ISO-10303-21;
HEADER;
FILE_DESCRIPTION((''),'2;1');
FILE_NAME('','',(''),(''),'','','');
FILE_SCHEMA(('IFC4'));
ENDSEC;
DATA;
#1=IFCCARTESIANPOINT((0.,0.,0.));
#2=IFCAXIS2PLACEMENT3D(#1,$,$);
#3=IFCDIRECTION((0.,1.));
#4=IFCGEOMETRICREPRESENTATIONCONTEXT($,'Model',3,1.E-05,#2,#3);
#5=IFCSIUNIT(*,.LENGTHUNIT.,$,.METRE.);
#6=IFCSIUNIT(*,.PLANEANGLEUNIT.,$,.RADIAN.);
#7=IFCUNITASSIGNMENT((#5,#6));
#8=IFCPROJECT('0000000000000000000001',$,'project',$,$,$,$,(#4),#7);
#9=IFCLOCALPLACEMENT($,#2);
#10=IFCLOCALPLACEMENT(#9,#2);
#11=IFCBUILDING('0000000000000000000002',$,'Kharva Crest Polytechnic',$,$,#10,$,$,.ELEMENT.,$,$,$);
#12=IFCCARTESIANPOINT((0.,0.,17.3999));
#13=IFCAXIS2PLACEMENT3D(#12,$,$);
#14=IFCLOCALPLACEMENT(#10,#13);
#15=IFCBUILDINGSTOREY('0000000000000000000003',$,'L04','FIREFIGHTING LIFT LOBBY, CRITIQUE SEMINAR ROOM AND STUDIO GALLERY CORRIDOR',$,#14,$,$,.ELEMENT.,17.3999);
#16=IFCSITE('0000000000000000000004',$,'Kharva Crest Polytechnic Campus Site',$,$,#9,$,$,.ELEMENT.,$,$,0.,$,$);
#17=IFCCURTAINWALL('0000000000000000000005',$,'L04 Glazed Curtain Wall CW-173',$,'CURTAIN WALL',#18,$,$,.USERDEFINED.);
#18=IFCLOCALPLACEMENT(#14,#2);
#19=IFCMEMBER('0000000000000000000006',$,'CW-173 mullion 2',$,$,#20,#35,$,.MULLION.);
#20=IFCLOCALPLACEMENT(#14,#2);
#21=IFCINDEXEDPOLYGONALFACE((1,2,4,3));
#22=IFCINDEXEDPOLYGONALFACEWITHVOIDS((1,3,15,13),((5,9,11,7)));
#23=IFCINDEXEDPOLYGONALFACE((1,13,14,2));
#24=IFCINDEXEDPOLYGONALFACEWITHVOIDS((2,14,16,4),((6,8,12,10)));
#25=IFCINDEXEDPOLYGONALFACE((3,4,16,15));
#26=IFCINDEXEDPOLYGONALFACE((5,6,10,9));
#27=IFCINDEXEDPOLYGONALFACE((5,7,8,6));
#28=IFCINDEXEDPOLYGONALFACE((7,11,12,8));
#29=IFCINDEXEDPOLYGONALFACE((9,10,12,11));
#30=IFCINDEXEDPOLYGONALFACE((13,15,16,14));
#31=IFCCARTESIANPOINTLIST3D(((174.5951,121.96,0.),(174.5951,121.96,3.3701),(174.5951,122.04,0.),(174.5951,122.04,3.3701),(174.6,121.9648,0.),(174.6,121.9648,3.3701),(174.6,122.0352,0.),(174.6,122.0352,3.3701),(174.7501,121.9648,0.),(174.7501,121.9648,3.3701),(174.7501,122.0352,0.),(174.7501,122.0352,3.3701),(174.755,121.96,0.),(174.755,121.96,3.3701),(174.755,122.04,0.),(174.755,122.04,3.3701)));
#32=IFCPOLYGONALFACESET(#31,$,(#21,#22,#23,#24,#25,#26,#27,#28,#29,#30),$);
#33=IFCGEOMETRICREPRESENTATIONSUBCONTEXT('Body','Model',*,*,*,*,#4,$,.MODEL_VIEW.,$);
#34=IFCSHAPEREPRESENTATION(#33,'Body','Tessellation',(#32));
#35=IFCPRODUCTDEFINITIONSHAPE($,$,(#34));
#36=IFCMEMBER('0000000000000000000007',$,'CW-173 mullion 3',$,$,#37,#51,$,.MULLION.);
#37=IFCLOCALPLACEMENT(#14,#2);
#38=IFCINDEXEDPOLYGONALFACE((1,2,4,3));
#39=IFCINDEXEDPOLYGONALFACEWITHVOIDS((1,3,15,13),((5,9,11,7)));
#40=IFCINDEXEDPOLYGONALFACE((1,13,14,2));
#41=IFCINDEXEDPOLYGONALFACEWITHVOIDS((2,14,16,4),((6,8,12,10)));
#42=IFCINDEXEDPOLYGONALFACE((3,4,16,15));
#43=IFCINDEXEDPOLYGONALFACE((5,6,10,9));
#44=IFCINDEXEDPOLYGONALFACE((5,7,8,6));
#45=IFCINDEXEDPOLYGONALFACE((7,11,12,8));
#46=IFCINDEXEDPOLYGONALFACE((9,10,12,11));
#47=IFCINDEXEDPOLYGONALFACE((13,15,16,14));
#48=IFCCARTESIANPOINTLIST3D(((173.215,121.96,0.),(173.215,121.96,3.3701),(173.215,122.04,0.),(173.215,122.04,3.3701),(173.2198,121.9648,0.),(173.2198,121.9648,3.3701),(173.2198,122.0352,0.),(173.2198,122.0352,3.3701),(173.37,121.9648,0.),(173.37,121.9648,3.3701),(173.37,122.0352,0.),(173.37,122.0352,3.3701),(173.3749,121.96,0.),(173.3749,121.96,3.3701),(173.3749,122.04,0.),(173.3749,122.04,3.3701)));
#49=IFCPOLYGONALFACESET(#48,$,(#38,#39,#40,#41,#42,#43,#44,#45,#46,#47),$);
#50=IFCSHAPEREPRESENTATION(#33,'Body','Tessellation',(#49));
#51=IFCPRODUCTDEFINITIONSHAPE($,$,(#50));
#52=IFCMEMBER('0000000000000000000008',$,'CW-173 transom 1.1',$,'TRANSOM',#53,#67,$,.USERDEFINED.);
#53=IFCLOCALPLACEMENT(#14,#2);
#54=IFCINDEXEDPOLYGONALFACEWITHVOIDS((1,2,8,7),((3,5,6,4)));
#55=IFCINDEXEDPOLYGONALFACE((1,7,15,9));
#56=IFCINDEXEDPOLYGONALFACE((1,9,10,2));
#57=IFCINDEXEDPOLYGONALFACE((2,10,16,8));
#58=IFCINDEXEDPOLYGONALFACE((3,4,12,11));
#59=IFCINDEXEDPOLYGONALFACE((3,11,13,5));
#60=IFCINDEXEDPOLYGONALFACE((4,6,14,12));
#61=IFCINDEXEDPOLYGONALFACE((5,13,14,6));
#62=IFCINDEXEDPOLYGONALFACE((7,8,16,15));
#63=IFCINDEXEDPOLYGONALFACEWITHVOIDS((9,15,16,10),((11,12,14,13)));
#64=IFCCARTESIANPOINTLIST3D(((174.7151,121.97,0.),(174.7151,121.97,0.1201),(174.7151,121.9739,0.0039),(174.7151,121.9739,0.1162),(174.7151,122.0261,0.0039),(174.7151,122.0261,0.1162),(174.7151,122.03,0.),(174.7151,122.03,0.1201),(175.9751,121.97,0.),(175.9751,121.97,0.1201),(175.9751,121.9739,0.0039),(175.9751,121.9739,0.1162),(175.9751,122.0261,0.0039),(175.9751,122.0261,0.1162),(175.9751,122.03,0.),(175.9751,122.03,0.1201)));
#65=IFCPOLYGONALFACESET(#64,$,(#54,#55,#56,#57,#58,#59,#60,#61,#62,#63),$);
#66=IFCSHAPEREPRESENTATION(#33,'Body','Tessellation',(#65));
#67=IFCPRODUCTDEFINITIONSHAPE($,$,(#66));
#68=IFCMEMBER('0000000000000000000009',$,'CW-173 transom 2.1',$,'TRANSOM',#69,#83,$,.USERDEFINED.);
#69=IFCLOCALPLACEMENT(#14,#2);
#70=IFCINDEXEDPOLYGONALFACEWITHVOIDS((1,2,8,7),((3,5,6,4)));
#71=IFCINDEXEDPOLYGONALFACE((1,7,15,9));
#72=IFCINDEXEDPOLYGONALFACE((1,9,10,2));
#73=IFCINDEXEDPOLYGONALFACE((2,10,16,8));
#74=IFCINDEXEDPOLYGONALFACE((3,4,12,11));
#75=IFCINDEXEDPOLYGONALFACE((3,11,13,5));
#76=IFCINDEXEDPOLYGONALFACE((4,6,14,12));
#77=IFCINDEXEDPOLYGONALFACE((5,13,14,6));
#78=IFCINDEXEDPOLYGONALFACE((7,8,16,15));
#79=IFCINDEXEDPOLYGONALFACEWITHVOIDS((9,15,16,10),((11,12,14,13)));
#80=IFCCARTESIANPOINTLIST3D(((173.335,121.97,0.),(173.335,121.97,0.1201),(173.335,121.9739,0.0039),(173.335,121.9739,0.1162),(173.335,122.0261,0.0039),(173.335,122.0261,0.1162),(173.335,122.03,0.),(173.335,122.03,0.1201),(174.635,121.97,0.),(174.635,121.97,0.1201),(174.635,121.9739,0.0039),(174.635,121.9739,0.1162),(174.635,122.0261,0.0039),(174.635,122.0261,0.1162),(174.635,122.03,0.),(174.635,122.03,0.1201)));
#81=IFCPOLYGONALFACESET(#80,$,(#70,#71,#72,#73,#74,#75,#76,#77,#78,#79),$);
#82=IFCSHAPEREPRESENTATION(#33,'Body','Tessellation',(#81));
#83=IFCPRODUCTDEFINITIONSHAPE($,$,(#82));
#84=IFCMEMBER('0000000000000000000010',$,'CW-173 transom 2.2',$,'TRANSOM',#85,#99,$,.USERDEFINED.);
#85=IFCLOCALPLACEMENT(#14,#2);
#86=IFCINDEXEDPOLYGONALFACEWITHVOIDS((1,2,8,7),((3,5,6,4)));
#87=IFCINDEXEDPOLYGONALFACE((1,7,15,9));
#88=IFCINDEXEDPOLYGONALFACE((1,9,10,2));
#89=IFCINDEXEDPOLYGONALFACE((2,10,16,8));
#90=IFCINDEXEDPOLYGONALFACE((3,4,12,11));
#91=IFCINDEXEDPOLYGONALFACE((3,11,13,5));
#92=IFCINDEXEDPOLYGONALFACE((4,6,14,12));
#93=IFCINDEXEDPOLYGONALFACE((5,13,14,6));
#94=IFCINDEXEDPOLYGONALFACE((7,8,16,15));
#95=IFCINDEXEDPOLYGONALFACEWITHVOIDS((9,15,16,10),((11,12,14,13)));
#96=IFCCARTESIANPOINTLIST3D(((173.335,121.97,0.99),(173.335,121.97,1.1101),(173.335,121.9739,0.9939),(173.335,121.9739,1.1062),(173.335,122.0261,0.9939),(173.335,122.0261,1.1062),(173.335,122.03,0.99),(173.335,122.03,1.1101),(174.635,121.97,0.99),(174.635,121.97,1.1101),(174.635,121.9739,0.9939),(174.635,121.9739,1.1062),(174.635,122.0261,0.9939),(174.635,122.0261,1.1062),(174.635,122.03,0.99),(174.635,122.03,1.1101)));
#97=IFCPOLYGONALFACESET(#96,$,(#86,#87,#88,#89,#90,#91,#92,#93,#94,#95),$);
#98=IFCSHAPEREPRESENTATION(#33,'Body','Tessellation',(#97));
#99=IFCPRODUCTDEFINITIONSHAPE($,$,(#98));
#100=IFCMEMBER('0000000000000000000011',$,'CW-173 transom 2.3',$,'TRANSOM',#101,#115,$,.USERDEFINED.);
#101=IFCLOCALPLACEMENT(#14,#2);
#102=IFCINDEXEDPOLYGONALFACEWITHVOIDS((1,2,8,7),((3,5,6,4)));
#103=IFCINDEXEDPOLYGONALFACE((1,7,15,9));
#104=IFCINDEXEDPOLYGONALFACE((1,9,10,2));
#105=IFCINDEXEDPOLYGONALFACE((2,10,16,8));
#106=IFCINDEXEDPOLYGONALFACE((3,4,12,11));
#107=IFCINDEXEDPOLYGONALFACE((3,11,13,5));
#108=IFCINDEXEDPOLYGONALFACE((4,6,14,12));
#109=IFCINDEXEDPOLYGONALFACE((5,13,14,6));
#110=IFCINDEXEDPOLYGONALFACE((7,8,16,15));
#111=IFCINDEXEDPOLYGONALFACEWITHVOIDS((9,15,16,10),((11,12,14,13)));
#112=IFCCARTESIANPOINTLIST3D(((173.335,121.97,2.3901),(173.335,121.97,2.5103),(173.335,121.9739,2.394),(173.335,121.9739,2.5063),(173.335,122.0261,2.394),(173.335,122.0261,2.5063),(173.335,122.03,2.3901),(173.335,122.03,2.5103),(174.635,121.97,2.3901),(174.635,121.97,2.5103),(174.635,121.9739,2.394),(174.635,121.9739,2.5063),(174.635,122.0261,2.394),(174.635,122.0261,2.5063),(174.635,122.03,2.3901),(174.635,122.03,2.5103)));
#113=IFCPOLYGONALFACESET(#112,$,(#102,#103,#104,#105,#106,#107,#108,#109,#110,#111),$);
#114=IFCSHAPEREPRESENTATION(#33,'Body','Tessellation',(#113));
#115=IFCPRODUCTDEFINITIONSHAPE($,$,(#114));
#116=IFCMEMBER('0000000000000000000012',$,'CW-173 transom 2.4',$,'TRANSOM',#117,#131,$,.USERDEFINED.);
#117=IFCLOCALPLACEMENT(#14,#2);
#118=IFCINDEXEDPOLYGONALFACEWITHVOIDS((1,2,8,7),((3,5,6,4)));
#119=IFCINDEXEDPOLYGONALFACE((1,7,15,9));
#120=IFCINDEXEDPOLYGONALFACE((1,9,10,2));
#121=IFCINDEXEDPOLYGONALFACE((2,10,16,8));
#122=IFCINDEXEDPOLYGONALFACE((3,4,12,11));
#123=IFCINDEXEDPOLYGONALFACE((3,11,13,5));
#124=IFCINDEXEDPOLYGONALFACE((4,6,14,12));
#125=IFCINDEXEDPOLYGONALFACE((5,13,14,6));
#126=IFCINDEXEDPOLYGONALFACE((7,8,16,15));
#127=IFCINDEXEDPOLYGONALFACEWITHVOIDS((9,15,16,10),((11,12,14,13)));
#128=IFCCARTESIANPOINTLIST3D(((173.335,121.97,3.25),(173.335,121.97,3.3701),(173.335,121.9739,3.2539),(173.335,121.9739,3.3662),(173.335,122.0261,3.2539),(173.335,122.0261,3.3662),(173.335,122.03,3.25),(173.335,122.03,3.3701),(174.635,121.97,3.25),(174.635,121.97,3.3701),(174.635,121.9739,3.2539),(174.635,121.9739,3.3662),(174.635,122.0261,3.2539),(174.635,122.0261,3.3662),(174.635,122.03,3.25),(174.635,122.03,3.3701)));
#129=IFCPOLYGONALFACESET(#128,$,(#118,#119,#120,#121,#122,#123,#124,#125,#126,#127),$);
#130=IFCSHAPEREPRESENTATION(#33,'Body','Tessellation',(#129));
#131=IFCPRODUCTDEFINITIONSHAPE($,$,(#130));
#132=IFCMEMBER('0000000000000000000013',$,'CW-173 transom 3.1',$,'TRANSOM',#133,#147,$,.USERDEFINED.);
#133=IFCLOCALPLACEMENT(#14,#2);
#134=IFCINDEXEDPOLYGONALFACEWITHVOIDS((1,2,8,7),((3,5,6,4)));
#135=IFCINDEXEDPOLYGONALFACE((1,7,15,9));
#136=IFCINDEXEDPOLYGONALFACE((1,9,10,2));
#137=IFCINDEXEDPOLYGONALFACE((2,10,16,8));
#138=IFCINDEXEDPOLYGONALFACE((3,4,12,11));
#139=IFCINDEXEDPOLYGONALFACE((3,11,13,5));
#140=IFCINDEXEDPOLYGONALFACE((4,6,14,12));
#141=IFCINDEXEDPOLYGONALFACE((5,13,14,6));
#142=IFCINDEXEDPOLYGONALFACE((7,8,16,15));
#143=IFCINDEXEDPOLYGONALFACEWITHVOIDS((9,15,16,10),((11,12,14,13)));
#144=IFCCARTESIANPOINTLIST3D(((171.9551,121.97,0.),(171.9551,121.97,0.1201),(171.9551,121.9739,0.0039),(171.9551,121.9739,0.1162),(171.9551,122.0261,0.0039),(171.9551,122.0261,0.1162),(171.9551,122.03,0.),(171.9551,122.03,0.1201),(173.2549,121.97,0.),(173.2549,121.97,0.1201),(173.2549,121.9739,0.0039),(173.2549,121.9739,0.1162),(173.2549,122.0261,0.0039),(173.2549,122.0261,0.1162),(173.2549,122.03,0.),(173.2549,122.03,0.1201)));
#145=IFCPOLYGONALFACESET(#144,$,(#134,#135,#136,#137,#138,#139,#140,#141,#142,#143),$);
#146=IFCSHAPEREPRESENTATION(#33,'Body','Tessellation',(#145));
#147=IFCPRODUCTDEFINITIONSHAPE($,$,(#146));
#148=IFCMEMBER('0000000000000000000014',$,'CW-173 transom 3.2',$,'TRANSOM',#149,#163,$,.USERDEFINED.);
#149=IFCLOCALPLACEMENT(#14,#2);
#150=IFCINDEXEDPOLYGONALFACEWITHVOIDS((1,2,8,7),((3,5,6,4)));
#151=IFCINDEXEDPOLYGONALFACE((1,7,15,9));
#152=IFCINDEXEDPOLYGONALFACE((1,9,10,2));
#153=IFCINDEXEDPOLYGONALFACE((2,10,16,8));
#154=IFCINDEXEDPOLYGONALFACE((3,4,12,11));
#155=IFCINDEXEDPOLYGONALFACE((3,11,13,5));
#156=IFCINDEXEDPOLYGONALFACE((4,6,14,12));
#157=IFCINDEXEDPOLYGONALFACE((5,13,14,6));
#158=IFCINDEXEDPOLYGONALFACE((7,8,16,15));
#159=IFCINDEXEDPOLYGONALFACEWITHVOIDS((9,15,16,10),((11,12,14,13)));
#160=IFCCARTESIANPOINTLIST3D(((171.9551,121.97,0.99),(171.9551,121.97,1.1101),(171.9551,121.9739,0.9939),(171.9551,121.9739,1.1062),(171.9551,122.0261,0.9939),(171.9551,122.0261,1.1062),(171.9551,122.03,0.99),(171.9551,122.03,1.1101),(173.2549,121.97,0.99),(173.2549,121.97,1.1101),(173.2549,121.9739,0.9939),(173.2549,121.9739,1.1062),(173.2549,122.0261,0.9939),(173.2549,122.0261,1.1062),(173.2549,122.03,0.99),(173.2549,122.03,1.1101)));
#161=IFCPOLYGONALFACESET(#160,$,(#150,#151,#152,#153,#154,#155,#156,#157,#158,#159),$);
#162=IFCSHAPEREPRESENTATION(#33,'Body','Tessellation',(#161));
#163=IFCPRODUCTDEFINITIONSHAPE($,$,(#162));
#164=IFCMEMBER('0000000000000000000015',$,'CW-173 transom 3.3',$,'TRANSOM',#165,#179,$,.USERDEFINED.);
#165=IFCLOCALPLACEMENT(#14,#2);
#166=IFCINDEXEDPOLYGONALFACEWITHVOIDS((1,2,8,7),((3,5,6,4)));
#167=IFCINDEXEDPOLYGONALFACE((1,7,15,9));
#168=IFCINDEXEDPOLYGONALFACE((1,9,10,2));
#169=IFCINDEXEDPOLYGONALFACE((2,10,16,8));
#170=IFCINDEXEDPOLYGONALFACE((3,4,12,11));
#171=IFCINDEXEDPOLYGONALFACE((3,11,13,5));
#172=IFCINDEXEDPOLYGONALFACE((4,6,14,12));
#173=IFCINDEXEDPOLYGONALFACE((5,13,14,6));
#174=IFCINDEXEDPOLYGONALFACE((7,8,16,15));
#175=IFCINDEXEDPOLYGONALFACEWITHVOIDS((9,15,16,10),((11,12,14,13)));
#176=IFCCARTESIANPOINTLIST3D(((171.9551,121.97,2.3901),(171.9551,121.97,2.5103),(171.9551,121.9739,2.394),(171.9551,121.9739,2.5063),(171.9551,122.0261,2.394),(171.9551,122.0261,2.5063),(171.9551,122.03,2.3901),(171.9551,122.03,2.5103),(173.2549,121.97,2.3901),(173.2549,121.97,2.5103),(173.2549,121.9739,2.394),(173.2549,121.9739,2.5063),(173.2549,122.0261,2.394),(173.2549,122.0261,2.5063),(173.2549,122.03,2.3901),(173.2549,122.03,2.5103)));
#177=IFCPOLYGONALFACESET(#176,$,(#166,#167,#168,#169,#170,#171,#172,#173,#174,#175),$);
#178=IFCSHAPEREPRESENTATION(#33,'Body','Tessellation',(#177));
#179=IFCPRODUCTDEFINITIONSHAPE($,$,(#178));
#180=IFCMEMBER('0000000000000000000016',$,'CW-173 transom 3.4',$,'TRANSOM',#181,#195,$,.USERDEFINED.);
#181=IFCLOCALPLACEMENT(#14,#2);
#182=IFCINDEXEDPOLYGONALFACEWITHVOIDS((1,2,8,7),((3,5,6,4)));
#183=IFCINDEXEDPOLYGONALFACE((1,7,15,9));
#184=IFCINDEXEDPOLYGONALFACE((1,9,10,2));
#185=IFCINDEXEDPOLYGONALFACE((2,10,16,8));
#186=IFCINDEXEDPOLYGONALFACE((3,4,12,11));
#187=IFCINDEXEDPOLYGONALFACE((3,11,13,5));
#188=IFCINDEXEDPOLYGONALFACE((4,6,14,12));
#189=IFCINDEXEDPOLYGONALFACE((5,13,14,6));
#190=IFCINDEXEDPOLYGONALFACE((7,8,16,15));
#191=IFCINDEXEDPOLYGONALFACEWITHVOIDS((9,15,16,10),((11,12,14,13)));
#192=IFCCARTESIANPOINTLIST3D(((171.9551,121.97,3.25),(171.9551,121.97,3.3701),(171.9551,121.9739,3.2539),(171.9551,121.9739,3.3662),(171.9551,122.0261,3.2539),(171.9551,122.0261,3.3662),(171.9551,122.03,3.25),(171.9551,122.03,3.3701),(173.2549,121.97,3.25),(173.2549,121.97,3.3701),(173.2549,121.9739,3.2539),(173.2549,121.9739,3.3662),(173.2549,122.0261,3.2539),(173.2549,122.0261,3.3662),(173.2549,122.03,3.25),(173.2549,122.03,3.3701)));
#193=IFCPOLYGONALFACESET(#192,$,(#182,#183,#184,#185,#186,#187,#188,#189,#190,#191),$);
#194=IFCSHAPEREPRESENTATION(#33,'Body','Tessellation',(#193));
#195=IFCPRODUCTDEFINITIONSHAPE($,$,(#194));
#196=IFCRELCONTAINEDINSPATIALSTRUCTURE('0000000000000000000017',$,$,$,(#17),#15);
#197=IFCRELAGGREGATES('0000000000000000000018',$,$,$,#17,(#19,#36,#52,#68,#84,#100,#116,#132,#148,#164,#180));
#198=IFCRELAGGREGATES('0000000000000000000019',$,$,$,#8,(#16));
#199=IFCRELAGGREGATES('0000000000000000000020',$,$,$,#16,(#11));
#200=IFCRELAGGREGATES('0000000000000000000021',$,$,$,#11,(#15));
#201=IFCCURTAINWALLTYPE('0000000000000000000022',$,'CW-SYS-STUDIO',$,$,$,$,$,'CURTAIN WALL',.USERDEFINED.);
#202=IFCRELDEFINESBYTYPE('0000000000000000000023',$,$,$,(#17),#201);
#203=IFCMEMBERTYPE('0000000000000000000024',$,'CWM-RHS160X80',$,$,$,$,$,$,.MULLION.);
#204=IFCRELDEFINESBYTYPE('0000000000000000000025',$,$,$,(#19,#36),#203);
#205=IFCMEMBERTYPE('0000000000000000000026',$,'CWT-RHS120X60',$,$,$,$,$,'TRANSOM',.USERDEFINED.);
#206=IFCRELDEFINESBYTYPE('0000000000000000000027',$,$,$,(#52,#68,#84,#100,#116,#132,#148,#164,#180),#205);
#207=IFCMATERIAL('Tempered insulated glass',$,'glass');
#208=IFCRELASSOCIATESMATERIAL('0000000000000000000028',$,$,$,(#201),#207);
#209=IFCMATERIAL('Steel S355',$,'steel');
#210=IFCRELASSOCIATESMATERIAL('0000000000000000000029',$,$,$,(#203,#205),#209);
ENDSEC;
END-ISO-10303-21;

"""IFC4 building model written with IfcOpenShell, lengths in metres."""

from ifc_helpers import new_model, si_unit, direction, frame, origin, origin_2d, place, context, subcontext, project, spatial, hollow_rectangle, extrude, material, material_profile, profile_set, type_object, element, aggregate, save


model = new_model("IFC4")

# Units and contexts
model_context = context("Model", 3, precision=1e-05, world=origin(), true_north=direction((0.0, 1.0)))
body_context = subcontext(model_context, "Body", "Model", "MODEL_VIEW")
ifc_project = project(units=[si_unit("LENGTHUNIT", "METRE"), si_unit("PLANEANGLEUNIT", "RADIAN")], contexts=[model_context])

# Site, building, storey
site_placement = place(None, origin())
site = spatial("IfcSite", under=ifc_project, at=site_placement, Name="Kharva Crest Polytechnic Campus Site", CompositionType="ELEMENT", RefElevation=0.0)
building_placement = place(site_placement, origin())
building = spatial("IfcBuilding", under=site, at=building_placement, Name="Kharva Crest Polytechnic", CompositionType="ELEMENT")
storey_placement = place(building_placement, frame((0.0, 0.0, 17.3999)))
storey = spatial("IfcBuildingStorey", under=building, at=storey_placement, Name="L04", Description="FIREFIGHTING LIFT LOBBY, CRITIQUE SEMINAR ROOM AND STUDIO GALLERY CORRIDOR", CompositionType="ELEMENT", Elevation=17.3999)

# Curtain wall, members
ifc_material_1 = material(Name="Tempered insulated glass", Category="glass")
curtain_wall_type = type_object("IfcCurtainWallType", Name="CW-SYS-STUDIO", ElementType="CURTAIN WALL", PredefinedType="USERDEFINED", material=ifc_material_1)
curtain_wall_placement = place(storey_placement, origin())
curtain_wall = element("IfcCurtainWall", 1, at=curtain_wall_placement, inside=storey, type_object=curtain_wall_type, Name="L04 Glazed Curtain Wall CW-173", ObjectType="CURTAIN WALL", PredefinedType="USERDEFINED")
ifc_material_2 = material(Name="Steel S355", Category="steel")
ifc_material_profile_1 = material_profile(ifc_material_2, hollow_rectangle(XDim=0.0801, YDim=0.1599, WallThickness=0.0049, at=origin_2d()), Name="RHS 160X80X5.0")
ifc_profile_set_1 = profile_set([ifc_material_profile_1], Name="Steel S355")
member_type_1 = type_object("IfcMemberType", Name="CWM-RHS160X80", PredefinedType="MULLION", material=ifc_profile_set_1)
member_1_placement = place(storey_placement, frame((174.675, 122.0, 0.0), z_axis=(0.0, 0.0, 1.0), x_axis=(0.0, -1.0, 0.0)))
member_1 = element("IfcMember", 2, at=member_1_placement, type_object=member_type_1, Name="CW-173 mullion 2", PredefinedType="MULLION", context=body_context, shape_type="SweptSolid", body=[
    extrude(hollow_rectangle(XDim=0.0801, YDim=0.1599, WallThickness=0.0049, at=origin_2d()), origin(), (0.0, 0.0, 1.0), 3.3701),
])
member_2_placement = place(storey_placement, frame((173.2949, 122.0, 0.0), z_axis=(0.0, 0.0, 1.0), x_axis=(0.0, -1.0, 0.0)))
member_2 = element("IfcMember", 3, at=member_2_placement, type_object=member_type_1, Name="CW-173 mullion 3", PredefinedType="MULLION", context=body_context, shape_type="SweptSolid", body=[
    extrude(hollow_rectangle(XDim=0.0801, YDim=0.1599, WallThickness=0.0049, at=origin_2d()), origin(), (0.0, 0.0, 1.0), 3.3701),
])
ifc_material_profile_2 = material_profile(ifc_material_2, hollow_rectangle(XDim=0.0601, YDim=0.1201, WallThickness=0.0039, at=origin_2d()), Name="RHS 120X60X4.0")
ifc_profile_set_2 = profile_set([ifc_material_profile_2], Name="Steel S355")
member_type_2 = type_object("IfcMemberType", Name="CWT-RHS120X60", ElementType="TRANSOM", PredefinedType="USERDEFINED", material=ifc_profile_set_2)
member_3_placement = place(storey_placement, frame((175.9751, 122.0, 0.0601), z_axis=(-1.0, 0.0, 0.0), x_axis=(0.0, -1.0, 0.0)))
member_3 = element("IfcMember", 4, at=member_3_placement, type_object=member_type_2, Name="CW-173 transom 1.1", ObjectType="TRANSOM", PredefinedType="USERDEFINED", context=body_context, shape_type="SweptSolid", body=[
    extrude(hollow_rectangle(XDim=0.0601, YDim=0.1201, WallThickness=0.0039, at=origin_2d()), origin(), (0.0, 0.0, 1.0), 1.26),
])
member_4_placement = place(storey_placement, frame((174.635, 122.0, 0.0601), z_axis=(-1.0, 0.0, 0.0), x_axis=(0.0, -1.0, 0.0)))
member_4 = element("IfcMember", 5, at=member_4_placement, type_object=member_type_2, Name="CW-173 transom 2.1", ObjectType="TRANSOM", PredefinedType="USERDEFINED", context=body_context, shape_type="SweptSolid", body=[
    extrude(hollow_rectangle(XDim=0.0601, YDim=0.1201, WallThickness=0.0039, at=origin_2d()), origin(), (0.0, 0.0, 1.0), 1.3),
])
member_5_placement = place(storey_placement, frame((174.635, 122.0, 1.05), z_axis=(-1.0, 0.0, 0.0), x_axis=(0.0, -1.0, 0.0)))
member_5 = element("IfcMember", 6, at=member_5_placement, type_object=member_type_2, Name="CW-173 transom 2.2", ObjectType="TRANSOM", PredefinedType="USERDEFINED", context=body_context, shape_type="SweptSolid", body=[
    extrude(hollow_rectangle(XDim=0.0601, YDim=0.1201, WallThickness=0.0039, at=origin_2d()), origin(), (0.0, 0.0, 1.0), 1.3),
])
member_6_placement = place(storey_placement, frame((174.635, 122.0, 2.4502), z_axis=(-1.0, 0.0, 0.0), x_axis=(0.0, -1.0, 0.0)))
member_6 = element("IfcMember", 7, at=member_6_placement, type_object=member_type_2, Name="CW-173 transom 2.3", ObjectType="TRANSOM", PredefinedType="USERDEFINED", context=body_context, shape_type="SweptSolid", body=[
    extrude(hollow_rectangle(XDim=0.0601, YDim=0.1201, WallThickness=0.0039, at=origin_2d()), origin(), (0.0, 0.0, 1.0), 1.3),
])
member_7_placement = place(storey_placement, frame((174.635, 122.0, 3.3101), z_axis=(-1.0, 0.0, 0.0), x_axis=(0.0, -1.0, 0.0)))
member_7 = element("IfcMember", 8, at=member_7_placement, type_object=member_type_2, Name="CW-173 transom 2.4", ObjectType="TRANSOM", PredefinedType="USERDEFINED", context=body_context, shape_type="SweptSolid", body=[
    extrude(hollow_rectangle(XDim=0.0601, YDim=0.1201, WallThickness=0.0039, at=origin_2d()), origin(), (0.0, 0.0, 1.0), 1.3),
])
member_8_placement = place(storey_placement, frame((173.2549, 122.0, 0.0601), z_axis=(-1.0, 0.0, 0.0), x_axis=(0.0, -1.0, 0.0)))
member_8 = element("IfcMember", 9, at=member_8_placement, type_object=member_type_2, Name="CW-173 transom 3.1", ObjectType="TRANSOM", PredefinedType="USERDEFINED", context=body_context, shape_type="SweptSolid", body=[
    extrude(hollow_rectangle(XDim=0.0601, YDim=0.1201, WallThickness=0.0039, at=origin_2d()), origin(), (0.0, 0.0, 1.0), 1.2998),
])
member_9_placement = place(storey_placement, frame((173.2549, 122.0, 1.05), z_axis=(-1.0, 0.0, 0.0), x_axis=(0.0, -1.0, 0.0)))
member_9 = element("IfcMember", 10, at=member_9_placement, type_object=member_type_2, Name="CW-173 transom 3.2", ObjectType="TRANSOM", PredefinedType="USERDEFINED", context=body_context, shape_type="SweptSolid", body=[
    extrude(hollow_rectangle(XDim=0.0601, YDim=0.1201, WallThickness=0.0039, at=origin_2d()), origin(), (0.0, 0.0, 1.0), 1.2998),
])
member_10_placement = place(storey_placement, frame((173.2549, 122.0, 2.4502), z_axis=(-1.0, 0.0, 0.0), x_axis=(0.0, -1.0, 0.0)))
member_10 = element("IfcMember", 11, at=member_10_placement, type_object=member_type_2, Name="CW-173 transom 3.3", ObjectType="TRANSOM", PredefinedType="USERDEFINED", context=body_context, shape_type="SweptSolid", body=[
    extrude(hollow_rectangle(XDim=0.0601, YDim=0.1201, WallThickness=0.0039, at=origin_2d()), origin(), (0.0, 0.0, 1.0), 1.2998),
])
member_11_placement = place(storey_placement, frame((173.2549, 122.0, 3.3101), z_axis=(-1.0, 0.0, 0.0), x_axis=(0.0, -1.0, 0.0)))
member_11 = element("IfcMember", 12, at=member_11_placement, type_object=member_type_2, Name="CW-173 transom 3.4", ObjectType="TRANSOM", PredefinedType="USERDEFINED", context=body_context, shape_type="SweptSolid", body=[
    extrude(hollow_rectangle(XDim=0.0601, YDim=0.1201, WallThickness=0.0039, at=origin_2d()), origin(), (0.0, 0.0, 1.0), 1.2998),
])
aggregate(curtain_wall, [member_1, member_2, member_3, member_4, member_5, member_6, member_7, member_8, member_9, member_10, member_11])

save(model, "model.ifc")
